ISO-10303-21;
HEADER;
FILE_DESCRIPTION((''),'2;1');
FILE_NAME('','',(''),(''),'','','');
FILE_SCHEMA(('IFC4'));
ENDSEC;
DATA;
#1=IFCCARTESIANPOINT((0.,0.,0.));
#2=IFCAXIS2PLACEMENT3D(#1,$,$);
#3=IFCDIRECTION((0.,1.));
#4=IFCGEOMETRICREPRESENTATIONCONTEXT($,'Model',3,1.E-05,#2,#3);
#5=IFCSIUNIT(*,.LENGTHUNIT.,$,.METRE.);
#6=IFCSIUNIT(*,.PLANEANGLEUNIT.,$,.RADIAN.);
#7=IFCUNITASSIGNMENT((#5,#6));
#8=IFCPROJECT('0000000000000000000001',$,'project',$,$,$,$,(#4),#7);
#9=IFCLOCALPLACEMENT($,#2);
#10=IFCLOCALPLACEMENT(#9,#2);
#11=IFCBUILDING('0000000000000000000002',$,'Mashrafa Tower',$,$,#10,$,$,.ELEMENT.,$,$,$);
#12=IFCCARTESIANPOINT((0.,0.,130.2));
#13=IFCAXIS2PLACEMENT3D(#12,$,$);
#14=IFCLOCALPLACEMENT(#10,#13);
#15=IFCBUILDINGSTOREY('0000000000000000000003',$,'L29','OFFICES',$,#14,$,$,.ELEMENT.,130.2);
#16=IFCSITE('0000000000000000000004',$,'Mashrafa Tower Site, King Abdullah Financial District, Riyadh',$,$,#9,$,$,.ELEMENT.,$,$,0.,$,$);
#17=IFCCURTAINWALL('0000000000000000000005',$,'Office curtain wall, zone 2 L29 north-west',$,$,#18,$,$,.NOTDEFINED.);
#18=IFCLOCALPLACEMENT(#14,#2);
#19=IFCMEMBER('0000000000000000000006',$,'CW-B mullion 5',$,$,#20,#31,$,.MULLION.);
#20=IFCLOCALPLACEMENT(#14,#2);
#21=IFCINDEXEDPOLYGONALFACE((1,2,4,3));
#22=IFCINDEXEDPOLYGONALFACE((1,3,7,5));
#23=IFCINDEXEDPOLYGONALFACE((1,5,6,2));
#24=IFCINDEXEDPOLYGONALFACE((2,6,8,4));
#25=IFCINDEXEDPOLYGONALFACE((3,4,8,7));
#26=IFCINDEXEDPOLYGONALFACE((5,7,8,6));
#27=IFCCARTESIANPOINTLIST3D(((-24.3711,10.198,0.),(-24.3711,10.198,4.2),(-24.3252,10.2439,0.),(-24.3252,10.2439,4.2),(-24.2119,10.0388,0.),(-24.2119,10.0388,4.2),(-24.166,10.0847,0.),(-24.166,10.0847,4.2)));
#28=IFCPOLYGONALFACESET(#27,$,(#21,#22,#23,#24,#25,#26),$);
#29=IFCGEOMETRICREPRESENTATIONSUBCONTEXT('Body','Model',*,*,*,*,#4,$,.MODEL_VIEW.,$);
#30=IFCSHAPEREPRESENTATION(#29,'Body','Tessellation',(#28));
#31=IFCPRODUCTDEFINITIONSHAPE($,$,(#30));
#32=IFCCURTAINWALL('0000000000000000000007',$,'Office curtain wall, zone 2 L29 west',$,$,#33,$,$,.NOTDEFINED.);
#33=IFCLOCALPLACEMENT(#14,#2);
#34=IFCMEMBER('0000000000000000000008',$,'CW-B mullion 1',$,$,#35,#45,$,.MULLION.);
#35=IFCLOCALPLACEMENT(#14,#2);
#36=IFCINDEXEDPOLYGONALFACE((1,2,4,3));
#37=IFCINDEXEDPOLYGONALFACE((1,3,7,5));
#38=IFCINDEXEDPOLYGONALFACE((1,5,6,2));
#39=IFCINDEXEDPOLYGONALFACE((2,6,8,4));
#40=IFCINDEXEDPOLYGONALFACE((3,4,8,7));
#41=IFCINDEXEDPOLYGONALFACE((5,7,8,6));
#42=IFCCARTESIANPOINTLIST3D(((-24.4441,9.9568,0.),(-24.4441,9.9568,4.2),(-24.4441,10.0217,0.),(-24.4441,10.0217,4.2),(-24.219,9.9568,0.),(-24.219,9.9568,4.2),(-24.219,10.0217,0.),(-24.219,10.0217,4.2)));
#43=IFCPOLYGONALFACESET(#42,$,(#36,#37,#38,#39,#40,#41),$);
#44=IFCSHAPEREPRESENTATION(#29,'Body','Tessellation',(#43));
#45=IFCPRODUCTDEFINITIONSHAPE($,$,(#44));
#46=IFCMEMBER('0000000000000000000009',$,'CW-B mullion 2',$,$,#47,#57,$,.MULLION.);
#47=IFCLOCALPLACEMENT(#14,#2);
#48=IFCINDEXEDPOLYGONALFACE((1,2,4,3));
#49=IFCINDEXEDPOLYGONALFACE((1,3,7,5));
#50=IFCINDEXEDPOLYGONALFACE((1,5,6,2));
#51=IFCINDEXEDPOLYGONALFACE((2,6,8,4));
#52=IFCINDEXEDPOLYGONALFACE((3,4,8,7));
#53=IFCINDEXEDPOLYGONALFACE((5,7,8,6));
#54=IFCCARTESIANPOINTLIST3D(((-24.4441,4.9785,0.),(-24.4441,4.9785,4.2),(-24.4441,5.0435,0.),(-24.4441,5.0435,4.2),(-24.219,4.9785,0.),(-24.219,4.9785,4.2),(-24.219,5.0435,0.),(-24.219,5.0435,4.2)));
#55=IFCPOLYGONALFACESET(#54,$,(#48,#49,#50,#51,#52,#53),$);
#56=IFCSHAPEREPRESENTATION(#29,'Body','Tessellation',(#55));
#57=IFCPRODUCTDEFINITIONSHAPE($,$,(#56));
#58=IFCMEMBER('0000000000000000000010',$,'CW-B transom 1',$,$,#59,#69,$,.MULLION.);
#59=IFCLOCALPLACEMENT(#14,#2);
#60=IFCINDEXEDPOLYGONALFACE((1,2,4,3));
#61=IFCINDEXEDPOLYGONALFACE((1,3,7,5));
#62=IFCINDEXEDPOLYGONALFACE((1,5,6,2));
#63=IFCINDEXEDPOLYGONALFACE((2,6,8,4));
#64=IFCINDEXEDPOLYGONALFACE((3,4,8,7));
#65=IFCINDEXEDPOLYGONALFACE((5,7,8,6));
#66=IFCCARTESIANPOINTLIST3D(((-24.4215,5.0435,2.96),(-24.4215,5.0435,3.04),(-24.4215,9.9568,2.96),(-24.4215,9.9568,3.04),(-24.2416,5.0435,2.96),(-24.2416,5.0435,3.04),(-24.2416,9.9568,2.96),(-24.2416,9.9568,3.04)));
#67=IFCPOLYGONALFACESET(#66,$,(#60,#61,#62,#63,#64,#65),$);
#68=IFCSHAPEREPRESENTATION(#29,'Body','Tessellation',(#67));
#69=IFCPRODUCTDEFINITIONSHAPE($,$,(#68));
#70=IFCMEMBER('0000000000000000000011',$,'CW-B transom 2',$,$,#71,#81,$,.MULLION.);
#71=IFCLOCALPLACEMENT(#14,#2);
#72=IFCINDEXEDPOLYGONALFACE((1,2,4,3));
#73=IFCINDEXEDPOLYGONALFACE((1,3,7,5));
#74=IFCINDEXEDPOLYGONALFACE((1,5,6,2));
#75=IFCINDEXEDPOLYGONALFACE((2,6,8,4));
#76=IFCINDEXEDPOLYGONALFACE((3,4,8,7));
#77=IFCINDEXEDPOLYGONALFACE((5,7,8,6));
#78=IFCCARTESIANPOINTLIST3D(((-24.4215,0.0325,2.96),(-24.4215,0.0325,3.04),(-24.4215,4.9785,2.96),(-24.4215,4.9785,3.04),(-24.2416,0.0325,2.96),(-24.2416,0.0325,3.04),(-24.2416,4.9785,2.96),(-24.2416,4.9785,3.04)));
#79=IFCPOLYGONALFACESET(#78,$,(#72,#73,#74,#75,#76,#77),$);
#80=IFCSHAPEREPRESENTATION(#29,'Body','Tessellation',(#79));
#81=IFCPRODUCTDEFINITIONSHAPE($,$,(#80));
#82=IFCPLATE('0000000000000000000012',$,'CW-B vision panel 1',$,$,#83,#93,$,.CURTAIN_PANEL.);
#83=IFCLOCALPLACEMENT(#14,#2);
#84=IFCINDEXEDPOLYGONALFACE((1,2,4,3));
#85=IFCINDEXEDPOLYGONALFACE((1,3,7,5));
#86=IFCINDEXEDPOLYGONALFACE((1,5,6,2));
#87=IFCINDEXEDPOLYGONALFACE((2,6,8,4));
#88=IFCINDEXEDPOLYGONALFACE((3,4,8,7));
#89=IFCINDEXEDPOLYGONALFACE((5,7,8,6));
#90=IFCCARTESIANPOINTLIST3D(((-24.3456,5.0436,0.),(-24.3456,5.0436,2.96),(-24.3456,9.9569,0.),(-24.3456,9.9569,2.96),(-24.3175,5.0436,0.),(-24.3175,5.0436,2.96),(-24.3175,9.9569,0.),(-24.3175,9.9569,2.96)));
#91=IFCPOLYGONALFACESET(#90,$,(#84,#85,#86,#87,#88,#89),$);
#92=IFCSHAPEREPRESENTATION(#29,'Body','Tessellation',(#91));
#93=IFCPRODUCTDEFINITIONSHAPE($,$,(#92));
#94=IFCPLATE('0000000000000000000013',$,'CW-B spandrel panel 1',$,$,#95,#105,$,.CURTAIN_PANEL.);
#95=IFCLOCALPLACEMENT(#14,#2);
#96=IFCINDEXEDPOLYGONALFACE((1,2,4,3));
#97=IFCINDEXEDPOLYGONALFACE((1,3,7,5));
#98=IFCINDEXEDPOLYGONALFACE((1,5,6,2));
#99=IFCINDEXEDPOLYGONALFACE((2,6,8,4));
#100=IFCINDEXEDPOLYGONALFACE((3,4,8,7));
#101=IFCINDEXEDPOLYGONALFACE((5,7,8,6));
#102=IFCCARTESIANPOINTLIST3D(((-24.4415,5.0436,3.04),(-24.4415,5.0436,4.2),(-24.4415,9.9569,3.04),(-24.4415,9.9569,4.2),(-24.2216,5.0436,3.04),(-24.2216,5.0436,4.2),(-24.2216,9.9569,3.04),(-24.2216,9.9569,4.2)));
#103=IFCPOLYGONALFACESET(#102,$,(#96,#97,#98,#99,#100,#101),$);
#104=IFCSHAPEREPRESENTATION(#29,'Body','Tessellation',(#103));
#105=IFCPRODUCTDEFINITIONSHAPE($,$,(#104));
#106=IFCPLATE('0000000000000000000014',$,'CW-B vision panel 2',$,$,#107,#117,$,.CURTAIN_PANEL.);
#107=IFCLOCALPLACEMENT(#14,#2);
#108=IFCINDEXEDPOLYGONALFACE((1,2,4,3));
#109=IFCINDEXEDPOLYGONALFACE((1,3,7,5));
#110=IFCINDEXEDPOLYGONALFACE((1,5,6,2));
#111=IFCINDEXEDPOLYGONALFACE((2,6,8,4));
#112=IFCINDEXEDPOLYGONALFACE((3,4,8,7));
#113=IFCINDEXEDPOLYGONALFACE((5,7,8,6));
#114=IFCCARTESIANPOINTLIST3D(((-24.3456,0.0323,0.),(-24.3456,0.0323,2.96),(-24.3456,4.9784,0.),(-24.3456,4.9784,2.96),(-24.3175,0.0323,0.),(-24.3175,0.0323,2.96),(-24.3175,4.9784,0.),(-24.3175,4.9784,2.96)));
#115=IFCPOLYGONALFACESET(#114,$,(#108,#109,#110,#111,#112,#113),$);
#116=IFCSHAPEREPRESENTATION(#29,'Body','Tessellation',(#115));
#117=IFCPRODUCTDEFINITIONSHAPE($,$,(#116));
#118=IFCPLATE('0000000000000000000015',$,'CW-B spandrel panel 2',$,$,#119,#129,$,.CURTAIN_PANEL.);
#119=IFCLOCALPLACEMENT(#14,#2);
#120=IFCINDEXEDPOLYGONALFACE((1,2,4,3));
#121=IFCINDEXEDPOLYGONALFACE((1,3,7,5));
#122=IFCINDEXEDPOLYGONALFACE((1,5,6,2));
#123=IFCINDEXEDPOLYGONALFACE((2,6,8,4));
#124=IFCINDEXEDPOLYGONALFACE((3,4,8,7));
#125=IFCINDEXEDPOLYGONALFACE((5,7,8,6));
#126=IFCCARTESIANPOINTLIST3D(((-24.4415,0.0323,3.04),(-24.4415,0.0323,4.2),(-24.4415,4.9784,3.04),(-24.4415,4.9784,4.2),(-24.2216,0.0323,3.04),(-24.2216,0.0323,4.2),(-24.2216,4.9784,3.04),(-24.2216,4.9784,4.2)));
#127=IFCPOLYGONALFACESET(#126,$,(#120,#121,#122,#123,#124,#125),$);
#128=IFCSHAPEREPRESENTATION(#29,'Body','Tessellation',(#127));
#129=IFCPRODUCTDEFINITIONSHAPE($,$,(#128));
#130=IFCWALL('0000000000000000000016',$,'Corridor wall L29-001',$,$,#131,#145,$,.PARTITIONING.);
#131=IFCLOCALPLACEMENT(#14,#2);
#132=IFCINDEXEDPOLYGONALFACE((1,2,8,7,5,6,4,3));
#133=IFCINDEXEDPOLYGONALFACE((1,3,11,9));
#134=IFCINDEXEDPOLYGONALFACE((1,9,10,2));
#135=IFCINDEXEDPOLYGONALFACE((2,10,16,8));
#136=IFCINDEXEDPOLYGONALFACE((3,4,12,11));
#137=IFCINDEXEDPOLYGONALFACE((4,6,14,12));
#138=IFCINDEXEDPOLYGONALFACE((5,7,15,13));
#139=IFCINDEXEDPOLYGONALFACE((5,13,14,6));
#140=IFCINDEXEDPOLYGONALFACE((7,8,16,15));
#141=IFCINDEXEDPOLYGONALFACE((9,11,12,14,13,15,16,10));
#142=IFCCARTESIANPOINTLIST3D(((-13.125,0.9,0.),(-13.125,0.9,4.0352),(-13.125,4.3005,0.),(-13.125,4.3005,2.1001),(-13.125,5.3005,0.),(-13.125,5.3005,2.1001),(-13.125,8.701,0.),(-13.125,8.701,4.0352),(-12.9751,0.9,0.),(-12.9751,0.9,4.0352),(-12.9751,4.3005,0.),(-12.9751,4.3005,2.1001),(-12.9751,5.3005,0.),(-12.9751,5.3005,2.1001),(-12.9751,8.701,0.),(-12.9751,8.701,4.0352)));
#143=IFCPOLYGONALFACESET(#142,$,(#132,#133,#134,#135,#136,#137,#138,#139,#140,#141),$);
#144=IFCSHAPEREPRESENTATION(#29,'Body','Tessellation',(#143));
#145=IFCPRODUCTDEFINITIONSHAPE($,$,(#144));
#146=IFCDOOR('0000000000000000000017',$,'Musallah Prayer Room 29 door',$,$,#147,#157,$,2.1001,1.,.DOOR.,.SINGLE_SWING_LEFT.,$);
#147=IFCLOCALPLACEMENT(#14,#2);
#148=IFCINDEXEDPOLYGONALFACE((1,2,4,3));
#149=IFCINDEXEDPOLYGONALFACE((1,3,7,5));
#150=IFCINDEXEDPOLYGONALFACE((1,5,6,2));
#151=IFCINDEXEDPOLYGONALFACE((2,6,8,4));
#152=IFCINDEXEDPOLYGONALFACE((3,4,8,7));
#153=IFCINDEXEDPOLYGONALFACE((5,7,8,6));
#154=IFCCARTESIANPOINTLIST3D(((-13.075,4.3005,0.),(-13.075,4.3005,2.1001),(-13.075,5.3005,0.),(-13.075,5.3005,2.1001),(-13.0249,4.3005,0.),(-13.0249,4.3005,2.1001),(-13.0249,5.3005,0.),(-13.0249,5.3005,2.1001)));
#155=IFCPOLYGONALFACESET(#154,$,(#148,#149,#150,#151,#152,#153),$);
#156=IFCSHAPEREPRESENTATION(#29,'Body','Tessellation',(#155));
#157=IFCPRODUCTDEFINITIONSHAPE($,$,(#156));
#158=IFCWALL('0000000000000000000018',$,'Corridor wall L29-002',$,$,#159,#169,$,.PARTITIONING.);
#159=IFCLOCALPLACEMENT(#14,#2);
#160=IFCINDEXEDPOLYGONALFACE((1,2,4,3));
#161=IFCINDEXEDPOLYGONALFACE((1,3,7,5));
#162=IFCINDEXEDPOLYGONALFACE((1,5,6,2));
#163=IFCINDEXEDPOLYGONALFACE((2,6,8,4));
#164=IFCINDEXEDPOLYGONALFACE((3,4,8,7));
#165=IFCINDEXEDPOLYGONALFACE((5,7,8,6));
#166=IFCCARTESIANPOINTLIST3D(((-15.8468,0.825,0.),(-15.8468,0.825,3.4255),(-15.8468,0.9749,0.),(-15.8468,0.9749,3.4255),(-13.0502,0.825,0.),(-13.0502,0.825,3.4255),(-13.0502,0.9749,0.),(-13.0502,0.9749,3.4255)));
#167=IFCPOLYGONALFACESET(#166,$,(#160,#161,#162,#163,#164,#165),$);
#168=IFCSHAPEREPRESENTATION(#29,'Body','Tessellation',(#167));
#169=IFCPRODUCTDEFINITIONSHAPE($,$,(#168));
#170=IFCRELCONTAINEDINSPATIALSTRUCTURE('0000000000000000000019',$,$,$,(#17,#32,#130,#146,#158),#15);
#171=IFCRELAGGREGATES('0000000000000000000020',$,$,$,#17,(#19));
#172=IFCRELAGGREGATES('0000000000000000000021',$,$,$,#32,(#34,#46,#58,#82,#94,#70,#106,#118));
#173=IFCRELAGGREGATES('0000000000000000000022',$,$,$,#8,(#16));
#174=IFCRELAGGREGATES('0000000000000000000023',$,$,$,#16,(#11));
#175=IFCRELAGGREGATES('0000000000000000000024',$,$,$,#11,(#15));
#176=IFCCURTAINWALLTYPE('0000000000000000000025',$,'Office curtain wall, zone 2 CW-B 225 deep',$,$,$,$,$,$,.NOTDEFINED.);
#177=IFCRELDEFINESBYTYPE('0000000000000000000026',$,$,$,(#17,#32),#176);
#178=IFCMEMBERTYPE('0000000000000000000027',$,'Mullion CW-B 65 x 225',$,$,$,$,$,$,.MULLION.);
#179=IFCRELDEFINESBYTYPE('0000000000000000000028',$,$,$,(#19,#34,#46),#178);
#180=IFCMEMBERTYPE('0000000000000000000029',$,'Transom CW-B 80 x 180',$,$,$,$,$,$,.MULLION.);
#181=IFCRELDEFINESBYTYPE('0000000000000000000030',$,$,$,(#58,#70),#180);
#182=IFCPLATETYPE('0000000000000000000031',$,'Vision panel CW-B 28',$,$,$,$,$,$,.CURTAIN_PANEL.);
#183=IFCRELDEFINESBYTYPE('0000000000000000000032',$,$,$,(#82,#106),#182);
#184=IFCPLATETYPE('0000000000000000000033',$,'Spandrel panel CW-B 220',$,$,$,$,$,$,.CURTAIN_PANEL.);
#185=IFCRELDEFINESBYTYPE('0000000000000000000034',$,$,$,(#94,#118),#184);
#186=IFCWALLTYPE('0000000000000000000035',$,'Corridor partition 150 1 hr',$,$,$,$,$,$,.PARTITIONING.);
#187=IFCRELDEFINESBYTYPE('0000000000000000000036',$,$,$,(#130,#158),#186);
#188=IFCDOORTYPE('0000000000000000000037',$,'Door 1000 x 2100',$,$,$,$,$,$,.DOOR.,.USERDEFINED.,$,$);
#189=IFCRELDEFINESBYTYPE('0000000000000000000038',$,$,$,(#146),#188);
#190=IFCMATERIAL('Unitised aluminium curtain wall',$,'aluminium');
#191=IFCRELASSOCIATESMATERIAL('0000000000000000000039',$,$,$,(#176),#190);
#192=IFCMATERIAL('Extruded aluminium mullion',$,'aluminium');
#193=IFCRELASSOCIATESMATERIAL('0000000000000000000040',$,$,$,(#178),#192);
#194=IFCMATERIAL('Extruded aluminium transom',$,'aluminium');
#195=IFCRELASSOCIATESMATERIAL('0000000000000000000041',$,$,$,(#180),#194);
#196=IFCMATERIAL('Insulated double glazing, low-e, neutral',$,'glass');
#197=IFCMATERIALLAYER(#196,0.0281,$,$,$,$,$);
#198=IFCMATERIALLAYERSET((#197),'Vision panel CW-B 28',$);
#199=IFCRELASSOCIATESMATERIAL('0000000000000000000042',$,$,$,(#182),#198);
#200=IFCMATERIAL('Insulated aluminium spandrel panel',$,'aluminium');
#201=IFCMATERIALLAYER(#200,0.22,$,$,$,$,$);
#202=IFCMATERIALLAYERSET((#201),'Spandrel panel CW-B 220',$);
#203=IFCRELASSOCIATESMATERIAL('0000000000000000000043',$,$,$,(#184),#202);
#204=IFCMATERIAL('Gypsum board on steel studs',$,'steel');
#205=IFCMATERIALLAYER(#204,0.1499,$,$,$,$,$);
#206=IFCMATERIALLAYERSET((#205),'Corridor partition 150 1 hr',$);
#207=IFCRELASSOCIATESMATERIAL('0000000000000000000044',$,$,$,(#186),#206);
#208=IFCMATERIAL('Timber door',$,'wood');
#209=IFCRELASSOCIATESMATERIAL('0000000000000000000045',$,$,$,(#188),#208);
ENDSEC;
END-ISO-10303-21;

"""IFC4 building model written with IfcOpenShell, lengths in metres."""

from ifc_helpers import new_model, si_unit, direction, frame, frame_2d, origin, origin_2d, place, context, subcontext, project, spatial, rectangle, extrude, source, transform, mapped, material, layer, layer_set, material_profile, profile_set, type_object, type_shapes, element, fill, aggregate, save


model = new_model("IFC4")

# Units and contexts
model_context = context("Model", 3, precision=1e-05, world=origin(), true_north=direction((0.0, 1.0)))
body_context = subcontext(model_context, "Body", "Model", "MODEL_VIEW")
ifc_project = project(units=[si_unit("LENGTHUNIT", "METRE"), si_unit("PLANEANGLEUNIT", "RADIAN")], contexts=[model_context])

# Site, building, storey
site_placement = place(None, origin())
site = spatial("IfcSite", under=ifc_project, at=site_placement, Name="Mashrafa Tower Site, King Abdullah Financial District, Riyadh", CompositionType="ELEMENT", RefElevation=0.0)
building_placement = place(site_placement, origin())
building = spatial("IfcBuilding", under=site, at=building_placement, Name="Mashrafa Tower", CompositionType="ELEMENT")
storey_placement = place(building_placement, frame((0.0, 0.0, 130.2)))
storey = spatial("IfcBuildingStorey", under=building, at=storey_placement, Name="L29", Description="OFFICES", CompositionType="ELEMENT", Elevation=130.2)

# Curtain wall, member
ifc_material_1 = material(Name="Unitised aluminium curtain wall", Category="aluminium")
curtain_wall_type = type_object("IfcCurtainWallType", Name="Office curtain wall, zone 2 CW-B 225 deep", PredefinedType="NOTDEFINED", material=ifc_material_1)
curtain_wall_1_placement = place(storey_placement, origin())
curtain_wall_1 = element("IfcCurtainWall", 1, at=curtain_wall_1_placement, inside=storey, type_object=curtain_wall_type, Name="Office curtain wall, zone 2 L29 north-west", PredefinedType="NOTDEFINED")
ifc_material_2 = material(Name="Extruded aluminium mullion", Category="aluminium")
ifc_material_profile_1 = material_profile(ifc_material_2, rectangle(XDim=0.2251, YDim=0.0649, at=origin_2d()), Name="Mullion 65x225")
ifc_profile_set_1 = profile_set([ifc_material_profile_1], Name="Extruded aluminium mullion")
member_type_1 = type_object("IfcMemberType", Name="Mullion CW-B 65 x 225", PredefinedType="MULLION", material=ifc_profile_set_1)
shared_shape_1 = source(origin(), body_context, "Body", "SweptSolid", [
    extrude(rectangle(XDim=0.2251, YDim=0.0649, at=origin_2d()), origin(), (0.0, 0.0, 1.0), 4.2),
])
type_shapes(member_type_1, [shared_shape_1])
member_1_placement = place(storey_placement, frame((-24.2686, 10.1414, 0.0), z_axis=(0.0, 0.0, 1.0), x_axis=(0.707107, -0.707107, 0.0)))
member_1 = element("IfcMember", 2, at=member_1_placement, type_object=member_type_1, Name="CW-B mullion 5", PredefinedType="MULLION", context=body_context, shape_type="MappedRepresentation", body=[
    mapped(shared_shape_1, transform((0.0, 0.0, 0.0))),
])
aggregate(curtain_wall_1, [member_1])

# Curtain wall, members, plates
curtain_wall_2_placement = place(storey_placement, origin())
curtain_wall_2 = element("IfcCurtainWall", 3, at=curtain_wall_2_placement, inside=storey, type_object=curtain_wall_type, Name="Office curtain wall, zone 2 L29 west", PredefinedType="NOTDEFINED")
member_2_placement = place(storey_placement, frame((-24.3315, 9.9893, 0.0), z_axis=(0.0, 0.0, 1.0), x_axis=(1.0, 0.0, 0.0)))
member_2 = element("IfcMember", 4, at=member_2_placement, type_object=member_type_1, Name="CW-B mullion 1", PredefinedType="MULLION", context=body_context, shape_type="MappedRepresentation", body=[
    mapped(shared_shape_1, transform((0.0, 0.0, 0.0))),
])
member_3_placement = place(storey_placement, frame((-24.3315, 5.011, 0.0), z_axis=(0.0, 0.0, 1.0), x_axis=(1.0, 0.0, 0.0)))
member_3 = element("IfcMember", 5, at=member_3_placement, type_object=member_type_1, Name="CW-B mullion 2", PredefinedType="MULLION", context=body_context, shape_type="MappedRepresentation", body=[
    mapped(shared_shape_1, transform((0.0, 0.0, 0.0))),
])
ifc_material_3 = material(Name="Extruded aluminium transom", Category="aluminium")
ifc_material_profile_2 = material_profile(ifc_material_3, rectangle(XDim=0.1799, YDim=0.0801, at=origin_2d()), Name="Transom 80x180")
ifc_profile_set_2 = profile_set([ifc_material_profile_2], Name="Extruded aluminium transom")
member_type_2 = type_object("IfcMemberType", Name="Transom CW-B 80 x 180", PredefinedType="MULLION", material=ifc_profile_set_2)
shared_shape_2 = source(origin(), body_context, "Body", "SweptSolid", [
    extrude(rectangle(XDim=0.1799, YDim=0.0801, at=origin_2d()), origin(), (0.0, 0.0, 1.0), 4.9133),
])
member_4_placement = place(storey_placement, frame((-24.3315, 9.9568, 3.0), z_axis=(0.0, -1.0, 0.0), x_axis=(1.0, 0.0, 0.0)))
member_4 = element("IfcMember", 6, at=member_4_placement, type_object=member_type_2, Name="CW-B transom 1", PredefinedType="MULLION", context=body_context, shape_type="MappedRepresentation", body=[
    mapped(shared_shape_2, transform((0.0, 0.0, 0.0))),
])
shared_shape_3 = source(origin(), body_context, "Body", "SweptSolid", [
    extrude(rectangle(XDim=0.1799, YDim=0.0801, at=origin_2d()), origin(), (0.0, 0.0, 1.0), 4.946),
])
type_shapes(member_type_2, [shared_shape_2, shared_shape_3])
member_5_placement = place(storey_placement, frame((-24.3315, 4.9785, 3.0), z_axis=(0.0, -1.0, 0.0), x_axis=(1.0, 0.0, 0.0)))
member_5 = element("IfcMember", 7, at=member_5_placement, type_object=member_type_2, Name="CW-B transom 2", PredefinedType="MULLION", context=body_context, shape_type="MappedRepresentation", body=[
    mapped(shared_shape_3, transform((0.0, 0.0, 0.0))),
])
ifc_material_4 = material(Name="Insulated double glazing, low-e, neutral", Category="glass")
ifc_layer_1 = layer(ifc_material_4, 0.0281)
ifc_layer_set_1 = layer_set([ifc_layer_1], Name="Vision panel CW-B 28")
plate_type_1 = type_object("IfcPlateType", Name="Vision panel CW-B 28", PredefinedType="CURTAIN_PANEL", material=ifc_layer_set_1)
shared_shape_4 = source(origin(), body_context, "Body", "SweptSolid", [
    extrude(rectangle(XDim=4.9133, YDim=0.0281, at=origin_2d()), origin(), (0.0, 0.0, 1.0), 2.96),
])
plate_1_placement = place(storey_placement, frame((-24.3315, 7.5002, 0.0), z_axis=(0.0, 0.0, 1.0), x_axis=(0.0, -1.0, 0.0)))
plate_1 = element("IfcPlate", 8, at=plate_1_placement, type_object=plate_type_1, Name="CW-B vision panel 1", PredefinedType="CURTAIN_PANEL", context=body_context, shape_type="MappedRepresentation", body=[
    mapped(shared_shape_4, transform((0.0, 0.0, 0.0))),
])
ifc_material_5 = material(Name="Insulated aluminium spandrel panel", Category="aluminium")
ifc_layer_2 = layer(ifc_material_5, 0.22)
ifc_layer_set_2 = layer_set([ifc_layer_2], Name="Spandrel panel CW-B 220")
plate_type_2 = type_object("IfcPlateType", Name="Spandrel panel CW-B 220", PredefinedType="CURTAIN_PANEL", material=ifc_layer_set_2)
shared_shape_5 = source(origin(), body_context, "Body", "SweptSolid", [
    extrude(rectangle(XDim=4.9133, YDim=0.22, at=origin_2d()), origin(), (0.0, 0.0, 1.0), 1.1599),
])
plate_2_placement = place(storey_placement, frame((-24.3315, 7.5002, 3.04), z_axis=(0.0, 0.0, 1.0), x_axis=(0.0, -1.0, 0.0)))
plate_2 = element("IfcPlate", 9, at=plate_2_placement, type_object=plate_type_2, Name="CW-B spandrel panel 1", PredefinedType="CURTAIN_PANEL", context=body_context, shape_type="MappedRepresentation", body=[
    mapped(shared_shape_5, transform((0.0, 0.0, 0.0))),
])
shared_shape_6 = source(origin(), body_context, "Body", "SweptSolid", [
    extrude(rectangle(XDim=4.946, YDim=0.0281, at=origin_2d()), origin(), (0.0, 0.0, 1.0), 2.96),
])
type_shapes(plate_type_1, [shared_shape_4, shared_shape_6])
plate_3_placement = place(storey_placement, frame((-24.3315, 2.5054, 0.0), z_axis=(0.0, 0.0, 1.0), x_axis=(0.0, -1.0, 0.0)))
plate_3 = element("IfcPlate", 10, at=plate_3_placement, type_object=plate_type_1, Name="CW-B vision panel 2", PredefinedType="CURTAIN_PANEL", context=body_context, shape_type="MappedRepresentation", body=[
    mapped(shared_shape_6, transform((0.0, 0.0, 0.0))),
])
shared_shape_7 = source(origin(), body_context, "Body", "SweptSolid", [
    extrude(rectangle(XDim=4.946, YDim=0.22, at=origin_2d()), origin(), (0.0, 0.0, 1.0), 1.1599),
])
type_shapes(plate_type_2, [shared_shape_5, shared_shape_7])
plate_4_placement = place(storey_placement, frame((-24.3315, 2.5054, 3.04), z_axis=(0.0, 0.0, 1.0), x_axis=(0.0, -1.0, 0.0)))
plate_4 = element("IfcPlate", 11, at=plate_4_placement, type_object=plate_type_2, Name="CW-B spandrel panel 2", PredefinedType="CURTAIN_PANEL", context=body_context, shape_type="MappedRepresentation", body=[
    mapped(shared_shape_7, transform((0.0, 0.0, 0.0))),
])
aggregate(curtain_wall_2, [member_2, member_3, member_4, plate_1, plate_2, member_5, plate_3, plate_4])

# Wall, opening, door
ifc_material_6 = material(Name="Gypsum board on steel studs", Category="steel")
ifc_layer_3 = layer(ifc_material_6, 0.1499)
ifc_layer_set_3 = layer_set([ifc_layer_3], Name="Corridor partition 150 1 hr")
wall_type_1 = type_object("IfcWallType", Name="Corridor partition 150 1 hr", PredefinedType="PARTITIONING", material=ifc_layer_set_3)
wall_1_placement = place(storey_placement, frame((-13.05, 8.7009, 0.0), z_axis=(0.0, 0.0, 1.0), x_axis=(0.0, -1.0, 0.0)))
wall_1 = element("IfcWall", 12, at=wall_1_placement, inside=storey, type_object=wall_type_1, Name="Corridor wall L29-001", PredefinedType="PARTITIONING", context=body_context, shape_type="SweptSolid", body=[
    extrude(rectangle(XDim=7.801, YDim=0.1499, at=frame_2d((3.9004, 0.0))), origin(), (0.0, 0.0, 1.0), 4.0352),
])
opening_1_placement = place(wall_1_placement, frame((3.4004, 0.0, 0.0)))
opening_1 = element("IfcOpeningElement", 13, at=opening_1_placement, cuts=wall_1, PredefinedType="OPENING", context=body_context, shape_type="SweptSolid", body=[
    extrude(rectangle(XDim=1.0, YDim=2.1001, at=frame_2d((0.5, 1.05))), frame((0.0, 0.085, 0.0), z_axis=(0.0, -1.0, 0.0), x_axis=(1.0, 0.0, 0.0)), (0.0, 0.0, 1.0), 0.1699),
])
ifc_material_7 = material(Name="Timber door", Category="wood")
door_type_1 = type_object("IfcDoorType", Name="Door 1000 x 2100", OperationType="USERDEFINED", PredefinedType="DOOR", material=ifc_material_7)
door_1_placement = place(opening_1_placement, frame((1.0, 0.0, 0.0), z_axis=(0.0, 0.0, 1.0), x_axis=(-1.0, 0.0, 0.0)))
door_1 = element("IfcDoor", 14, at=door_1_placement, inside=storey, type_object=door_type_1, Name="Musallah Prayer Room 29 door", OperationType="SINGLE_SWING_LEFT", OverallHeight=2.1001, OverallWidth=1.0, PredefinedType="DOOR", context=body_context, shape_type="SweptSolid", body=[
    extrude(rectangle(XDim=1.0, YDim=2.1001, at=frame_2d((0.5, 1.05))), frame((0.0, 0.0249, 0.0), z_axis=(0.0, -1.0, 0.0), x_axis=(1.0, 0.0, 0.0)), (0.0, 0.0, 1.0), 0.05),
])
fill(opening_1, door_1)

# Wall
wall_2_placement = place(storey_placement, frame((-13.05, 0.8999, 0.0), z_axis=(0.0, 0.0, 1.0), x_axis=(-1.0, 0.0, 0.0)))
element("IfcWall", 15, at=wall_2_placement, inside=storey, type_object=wall_type_1, Name="Corridor wall L29-002", PredefinedType="PARTITIONING", context=body_context, shape_type="SweptSolid", body=[
    extrude(rectangle(XDim=2.7966, YDim=0.1499, at=frame_2d((1.3984, 0.0))), origin(), (0.0, 0.0, 1.0), 3.4255),
])

save(model, "model.ifc")
